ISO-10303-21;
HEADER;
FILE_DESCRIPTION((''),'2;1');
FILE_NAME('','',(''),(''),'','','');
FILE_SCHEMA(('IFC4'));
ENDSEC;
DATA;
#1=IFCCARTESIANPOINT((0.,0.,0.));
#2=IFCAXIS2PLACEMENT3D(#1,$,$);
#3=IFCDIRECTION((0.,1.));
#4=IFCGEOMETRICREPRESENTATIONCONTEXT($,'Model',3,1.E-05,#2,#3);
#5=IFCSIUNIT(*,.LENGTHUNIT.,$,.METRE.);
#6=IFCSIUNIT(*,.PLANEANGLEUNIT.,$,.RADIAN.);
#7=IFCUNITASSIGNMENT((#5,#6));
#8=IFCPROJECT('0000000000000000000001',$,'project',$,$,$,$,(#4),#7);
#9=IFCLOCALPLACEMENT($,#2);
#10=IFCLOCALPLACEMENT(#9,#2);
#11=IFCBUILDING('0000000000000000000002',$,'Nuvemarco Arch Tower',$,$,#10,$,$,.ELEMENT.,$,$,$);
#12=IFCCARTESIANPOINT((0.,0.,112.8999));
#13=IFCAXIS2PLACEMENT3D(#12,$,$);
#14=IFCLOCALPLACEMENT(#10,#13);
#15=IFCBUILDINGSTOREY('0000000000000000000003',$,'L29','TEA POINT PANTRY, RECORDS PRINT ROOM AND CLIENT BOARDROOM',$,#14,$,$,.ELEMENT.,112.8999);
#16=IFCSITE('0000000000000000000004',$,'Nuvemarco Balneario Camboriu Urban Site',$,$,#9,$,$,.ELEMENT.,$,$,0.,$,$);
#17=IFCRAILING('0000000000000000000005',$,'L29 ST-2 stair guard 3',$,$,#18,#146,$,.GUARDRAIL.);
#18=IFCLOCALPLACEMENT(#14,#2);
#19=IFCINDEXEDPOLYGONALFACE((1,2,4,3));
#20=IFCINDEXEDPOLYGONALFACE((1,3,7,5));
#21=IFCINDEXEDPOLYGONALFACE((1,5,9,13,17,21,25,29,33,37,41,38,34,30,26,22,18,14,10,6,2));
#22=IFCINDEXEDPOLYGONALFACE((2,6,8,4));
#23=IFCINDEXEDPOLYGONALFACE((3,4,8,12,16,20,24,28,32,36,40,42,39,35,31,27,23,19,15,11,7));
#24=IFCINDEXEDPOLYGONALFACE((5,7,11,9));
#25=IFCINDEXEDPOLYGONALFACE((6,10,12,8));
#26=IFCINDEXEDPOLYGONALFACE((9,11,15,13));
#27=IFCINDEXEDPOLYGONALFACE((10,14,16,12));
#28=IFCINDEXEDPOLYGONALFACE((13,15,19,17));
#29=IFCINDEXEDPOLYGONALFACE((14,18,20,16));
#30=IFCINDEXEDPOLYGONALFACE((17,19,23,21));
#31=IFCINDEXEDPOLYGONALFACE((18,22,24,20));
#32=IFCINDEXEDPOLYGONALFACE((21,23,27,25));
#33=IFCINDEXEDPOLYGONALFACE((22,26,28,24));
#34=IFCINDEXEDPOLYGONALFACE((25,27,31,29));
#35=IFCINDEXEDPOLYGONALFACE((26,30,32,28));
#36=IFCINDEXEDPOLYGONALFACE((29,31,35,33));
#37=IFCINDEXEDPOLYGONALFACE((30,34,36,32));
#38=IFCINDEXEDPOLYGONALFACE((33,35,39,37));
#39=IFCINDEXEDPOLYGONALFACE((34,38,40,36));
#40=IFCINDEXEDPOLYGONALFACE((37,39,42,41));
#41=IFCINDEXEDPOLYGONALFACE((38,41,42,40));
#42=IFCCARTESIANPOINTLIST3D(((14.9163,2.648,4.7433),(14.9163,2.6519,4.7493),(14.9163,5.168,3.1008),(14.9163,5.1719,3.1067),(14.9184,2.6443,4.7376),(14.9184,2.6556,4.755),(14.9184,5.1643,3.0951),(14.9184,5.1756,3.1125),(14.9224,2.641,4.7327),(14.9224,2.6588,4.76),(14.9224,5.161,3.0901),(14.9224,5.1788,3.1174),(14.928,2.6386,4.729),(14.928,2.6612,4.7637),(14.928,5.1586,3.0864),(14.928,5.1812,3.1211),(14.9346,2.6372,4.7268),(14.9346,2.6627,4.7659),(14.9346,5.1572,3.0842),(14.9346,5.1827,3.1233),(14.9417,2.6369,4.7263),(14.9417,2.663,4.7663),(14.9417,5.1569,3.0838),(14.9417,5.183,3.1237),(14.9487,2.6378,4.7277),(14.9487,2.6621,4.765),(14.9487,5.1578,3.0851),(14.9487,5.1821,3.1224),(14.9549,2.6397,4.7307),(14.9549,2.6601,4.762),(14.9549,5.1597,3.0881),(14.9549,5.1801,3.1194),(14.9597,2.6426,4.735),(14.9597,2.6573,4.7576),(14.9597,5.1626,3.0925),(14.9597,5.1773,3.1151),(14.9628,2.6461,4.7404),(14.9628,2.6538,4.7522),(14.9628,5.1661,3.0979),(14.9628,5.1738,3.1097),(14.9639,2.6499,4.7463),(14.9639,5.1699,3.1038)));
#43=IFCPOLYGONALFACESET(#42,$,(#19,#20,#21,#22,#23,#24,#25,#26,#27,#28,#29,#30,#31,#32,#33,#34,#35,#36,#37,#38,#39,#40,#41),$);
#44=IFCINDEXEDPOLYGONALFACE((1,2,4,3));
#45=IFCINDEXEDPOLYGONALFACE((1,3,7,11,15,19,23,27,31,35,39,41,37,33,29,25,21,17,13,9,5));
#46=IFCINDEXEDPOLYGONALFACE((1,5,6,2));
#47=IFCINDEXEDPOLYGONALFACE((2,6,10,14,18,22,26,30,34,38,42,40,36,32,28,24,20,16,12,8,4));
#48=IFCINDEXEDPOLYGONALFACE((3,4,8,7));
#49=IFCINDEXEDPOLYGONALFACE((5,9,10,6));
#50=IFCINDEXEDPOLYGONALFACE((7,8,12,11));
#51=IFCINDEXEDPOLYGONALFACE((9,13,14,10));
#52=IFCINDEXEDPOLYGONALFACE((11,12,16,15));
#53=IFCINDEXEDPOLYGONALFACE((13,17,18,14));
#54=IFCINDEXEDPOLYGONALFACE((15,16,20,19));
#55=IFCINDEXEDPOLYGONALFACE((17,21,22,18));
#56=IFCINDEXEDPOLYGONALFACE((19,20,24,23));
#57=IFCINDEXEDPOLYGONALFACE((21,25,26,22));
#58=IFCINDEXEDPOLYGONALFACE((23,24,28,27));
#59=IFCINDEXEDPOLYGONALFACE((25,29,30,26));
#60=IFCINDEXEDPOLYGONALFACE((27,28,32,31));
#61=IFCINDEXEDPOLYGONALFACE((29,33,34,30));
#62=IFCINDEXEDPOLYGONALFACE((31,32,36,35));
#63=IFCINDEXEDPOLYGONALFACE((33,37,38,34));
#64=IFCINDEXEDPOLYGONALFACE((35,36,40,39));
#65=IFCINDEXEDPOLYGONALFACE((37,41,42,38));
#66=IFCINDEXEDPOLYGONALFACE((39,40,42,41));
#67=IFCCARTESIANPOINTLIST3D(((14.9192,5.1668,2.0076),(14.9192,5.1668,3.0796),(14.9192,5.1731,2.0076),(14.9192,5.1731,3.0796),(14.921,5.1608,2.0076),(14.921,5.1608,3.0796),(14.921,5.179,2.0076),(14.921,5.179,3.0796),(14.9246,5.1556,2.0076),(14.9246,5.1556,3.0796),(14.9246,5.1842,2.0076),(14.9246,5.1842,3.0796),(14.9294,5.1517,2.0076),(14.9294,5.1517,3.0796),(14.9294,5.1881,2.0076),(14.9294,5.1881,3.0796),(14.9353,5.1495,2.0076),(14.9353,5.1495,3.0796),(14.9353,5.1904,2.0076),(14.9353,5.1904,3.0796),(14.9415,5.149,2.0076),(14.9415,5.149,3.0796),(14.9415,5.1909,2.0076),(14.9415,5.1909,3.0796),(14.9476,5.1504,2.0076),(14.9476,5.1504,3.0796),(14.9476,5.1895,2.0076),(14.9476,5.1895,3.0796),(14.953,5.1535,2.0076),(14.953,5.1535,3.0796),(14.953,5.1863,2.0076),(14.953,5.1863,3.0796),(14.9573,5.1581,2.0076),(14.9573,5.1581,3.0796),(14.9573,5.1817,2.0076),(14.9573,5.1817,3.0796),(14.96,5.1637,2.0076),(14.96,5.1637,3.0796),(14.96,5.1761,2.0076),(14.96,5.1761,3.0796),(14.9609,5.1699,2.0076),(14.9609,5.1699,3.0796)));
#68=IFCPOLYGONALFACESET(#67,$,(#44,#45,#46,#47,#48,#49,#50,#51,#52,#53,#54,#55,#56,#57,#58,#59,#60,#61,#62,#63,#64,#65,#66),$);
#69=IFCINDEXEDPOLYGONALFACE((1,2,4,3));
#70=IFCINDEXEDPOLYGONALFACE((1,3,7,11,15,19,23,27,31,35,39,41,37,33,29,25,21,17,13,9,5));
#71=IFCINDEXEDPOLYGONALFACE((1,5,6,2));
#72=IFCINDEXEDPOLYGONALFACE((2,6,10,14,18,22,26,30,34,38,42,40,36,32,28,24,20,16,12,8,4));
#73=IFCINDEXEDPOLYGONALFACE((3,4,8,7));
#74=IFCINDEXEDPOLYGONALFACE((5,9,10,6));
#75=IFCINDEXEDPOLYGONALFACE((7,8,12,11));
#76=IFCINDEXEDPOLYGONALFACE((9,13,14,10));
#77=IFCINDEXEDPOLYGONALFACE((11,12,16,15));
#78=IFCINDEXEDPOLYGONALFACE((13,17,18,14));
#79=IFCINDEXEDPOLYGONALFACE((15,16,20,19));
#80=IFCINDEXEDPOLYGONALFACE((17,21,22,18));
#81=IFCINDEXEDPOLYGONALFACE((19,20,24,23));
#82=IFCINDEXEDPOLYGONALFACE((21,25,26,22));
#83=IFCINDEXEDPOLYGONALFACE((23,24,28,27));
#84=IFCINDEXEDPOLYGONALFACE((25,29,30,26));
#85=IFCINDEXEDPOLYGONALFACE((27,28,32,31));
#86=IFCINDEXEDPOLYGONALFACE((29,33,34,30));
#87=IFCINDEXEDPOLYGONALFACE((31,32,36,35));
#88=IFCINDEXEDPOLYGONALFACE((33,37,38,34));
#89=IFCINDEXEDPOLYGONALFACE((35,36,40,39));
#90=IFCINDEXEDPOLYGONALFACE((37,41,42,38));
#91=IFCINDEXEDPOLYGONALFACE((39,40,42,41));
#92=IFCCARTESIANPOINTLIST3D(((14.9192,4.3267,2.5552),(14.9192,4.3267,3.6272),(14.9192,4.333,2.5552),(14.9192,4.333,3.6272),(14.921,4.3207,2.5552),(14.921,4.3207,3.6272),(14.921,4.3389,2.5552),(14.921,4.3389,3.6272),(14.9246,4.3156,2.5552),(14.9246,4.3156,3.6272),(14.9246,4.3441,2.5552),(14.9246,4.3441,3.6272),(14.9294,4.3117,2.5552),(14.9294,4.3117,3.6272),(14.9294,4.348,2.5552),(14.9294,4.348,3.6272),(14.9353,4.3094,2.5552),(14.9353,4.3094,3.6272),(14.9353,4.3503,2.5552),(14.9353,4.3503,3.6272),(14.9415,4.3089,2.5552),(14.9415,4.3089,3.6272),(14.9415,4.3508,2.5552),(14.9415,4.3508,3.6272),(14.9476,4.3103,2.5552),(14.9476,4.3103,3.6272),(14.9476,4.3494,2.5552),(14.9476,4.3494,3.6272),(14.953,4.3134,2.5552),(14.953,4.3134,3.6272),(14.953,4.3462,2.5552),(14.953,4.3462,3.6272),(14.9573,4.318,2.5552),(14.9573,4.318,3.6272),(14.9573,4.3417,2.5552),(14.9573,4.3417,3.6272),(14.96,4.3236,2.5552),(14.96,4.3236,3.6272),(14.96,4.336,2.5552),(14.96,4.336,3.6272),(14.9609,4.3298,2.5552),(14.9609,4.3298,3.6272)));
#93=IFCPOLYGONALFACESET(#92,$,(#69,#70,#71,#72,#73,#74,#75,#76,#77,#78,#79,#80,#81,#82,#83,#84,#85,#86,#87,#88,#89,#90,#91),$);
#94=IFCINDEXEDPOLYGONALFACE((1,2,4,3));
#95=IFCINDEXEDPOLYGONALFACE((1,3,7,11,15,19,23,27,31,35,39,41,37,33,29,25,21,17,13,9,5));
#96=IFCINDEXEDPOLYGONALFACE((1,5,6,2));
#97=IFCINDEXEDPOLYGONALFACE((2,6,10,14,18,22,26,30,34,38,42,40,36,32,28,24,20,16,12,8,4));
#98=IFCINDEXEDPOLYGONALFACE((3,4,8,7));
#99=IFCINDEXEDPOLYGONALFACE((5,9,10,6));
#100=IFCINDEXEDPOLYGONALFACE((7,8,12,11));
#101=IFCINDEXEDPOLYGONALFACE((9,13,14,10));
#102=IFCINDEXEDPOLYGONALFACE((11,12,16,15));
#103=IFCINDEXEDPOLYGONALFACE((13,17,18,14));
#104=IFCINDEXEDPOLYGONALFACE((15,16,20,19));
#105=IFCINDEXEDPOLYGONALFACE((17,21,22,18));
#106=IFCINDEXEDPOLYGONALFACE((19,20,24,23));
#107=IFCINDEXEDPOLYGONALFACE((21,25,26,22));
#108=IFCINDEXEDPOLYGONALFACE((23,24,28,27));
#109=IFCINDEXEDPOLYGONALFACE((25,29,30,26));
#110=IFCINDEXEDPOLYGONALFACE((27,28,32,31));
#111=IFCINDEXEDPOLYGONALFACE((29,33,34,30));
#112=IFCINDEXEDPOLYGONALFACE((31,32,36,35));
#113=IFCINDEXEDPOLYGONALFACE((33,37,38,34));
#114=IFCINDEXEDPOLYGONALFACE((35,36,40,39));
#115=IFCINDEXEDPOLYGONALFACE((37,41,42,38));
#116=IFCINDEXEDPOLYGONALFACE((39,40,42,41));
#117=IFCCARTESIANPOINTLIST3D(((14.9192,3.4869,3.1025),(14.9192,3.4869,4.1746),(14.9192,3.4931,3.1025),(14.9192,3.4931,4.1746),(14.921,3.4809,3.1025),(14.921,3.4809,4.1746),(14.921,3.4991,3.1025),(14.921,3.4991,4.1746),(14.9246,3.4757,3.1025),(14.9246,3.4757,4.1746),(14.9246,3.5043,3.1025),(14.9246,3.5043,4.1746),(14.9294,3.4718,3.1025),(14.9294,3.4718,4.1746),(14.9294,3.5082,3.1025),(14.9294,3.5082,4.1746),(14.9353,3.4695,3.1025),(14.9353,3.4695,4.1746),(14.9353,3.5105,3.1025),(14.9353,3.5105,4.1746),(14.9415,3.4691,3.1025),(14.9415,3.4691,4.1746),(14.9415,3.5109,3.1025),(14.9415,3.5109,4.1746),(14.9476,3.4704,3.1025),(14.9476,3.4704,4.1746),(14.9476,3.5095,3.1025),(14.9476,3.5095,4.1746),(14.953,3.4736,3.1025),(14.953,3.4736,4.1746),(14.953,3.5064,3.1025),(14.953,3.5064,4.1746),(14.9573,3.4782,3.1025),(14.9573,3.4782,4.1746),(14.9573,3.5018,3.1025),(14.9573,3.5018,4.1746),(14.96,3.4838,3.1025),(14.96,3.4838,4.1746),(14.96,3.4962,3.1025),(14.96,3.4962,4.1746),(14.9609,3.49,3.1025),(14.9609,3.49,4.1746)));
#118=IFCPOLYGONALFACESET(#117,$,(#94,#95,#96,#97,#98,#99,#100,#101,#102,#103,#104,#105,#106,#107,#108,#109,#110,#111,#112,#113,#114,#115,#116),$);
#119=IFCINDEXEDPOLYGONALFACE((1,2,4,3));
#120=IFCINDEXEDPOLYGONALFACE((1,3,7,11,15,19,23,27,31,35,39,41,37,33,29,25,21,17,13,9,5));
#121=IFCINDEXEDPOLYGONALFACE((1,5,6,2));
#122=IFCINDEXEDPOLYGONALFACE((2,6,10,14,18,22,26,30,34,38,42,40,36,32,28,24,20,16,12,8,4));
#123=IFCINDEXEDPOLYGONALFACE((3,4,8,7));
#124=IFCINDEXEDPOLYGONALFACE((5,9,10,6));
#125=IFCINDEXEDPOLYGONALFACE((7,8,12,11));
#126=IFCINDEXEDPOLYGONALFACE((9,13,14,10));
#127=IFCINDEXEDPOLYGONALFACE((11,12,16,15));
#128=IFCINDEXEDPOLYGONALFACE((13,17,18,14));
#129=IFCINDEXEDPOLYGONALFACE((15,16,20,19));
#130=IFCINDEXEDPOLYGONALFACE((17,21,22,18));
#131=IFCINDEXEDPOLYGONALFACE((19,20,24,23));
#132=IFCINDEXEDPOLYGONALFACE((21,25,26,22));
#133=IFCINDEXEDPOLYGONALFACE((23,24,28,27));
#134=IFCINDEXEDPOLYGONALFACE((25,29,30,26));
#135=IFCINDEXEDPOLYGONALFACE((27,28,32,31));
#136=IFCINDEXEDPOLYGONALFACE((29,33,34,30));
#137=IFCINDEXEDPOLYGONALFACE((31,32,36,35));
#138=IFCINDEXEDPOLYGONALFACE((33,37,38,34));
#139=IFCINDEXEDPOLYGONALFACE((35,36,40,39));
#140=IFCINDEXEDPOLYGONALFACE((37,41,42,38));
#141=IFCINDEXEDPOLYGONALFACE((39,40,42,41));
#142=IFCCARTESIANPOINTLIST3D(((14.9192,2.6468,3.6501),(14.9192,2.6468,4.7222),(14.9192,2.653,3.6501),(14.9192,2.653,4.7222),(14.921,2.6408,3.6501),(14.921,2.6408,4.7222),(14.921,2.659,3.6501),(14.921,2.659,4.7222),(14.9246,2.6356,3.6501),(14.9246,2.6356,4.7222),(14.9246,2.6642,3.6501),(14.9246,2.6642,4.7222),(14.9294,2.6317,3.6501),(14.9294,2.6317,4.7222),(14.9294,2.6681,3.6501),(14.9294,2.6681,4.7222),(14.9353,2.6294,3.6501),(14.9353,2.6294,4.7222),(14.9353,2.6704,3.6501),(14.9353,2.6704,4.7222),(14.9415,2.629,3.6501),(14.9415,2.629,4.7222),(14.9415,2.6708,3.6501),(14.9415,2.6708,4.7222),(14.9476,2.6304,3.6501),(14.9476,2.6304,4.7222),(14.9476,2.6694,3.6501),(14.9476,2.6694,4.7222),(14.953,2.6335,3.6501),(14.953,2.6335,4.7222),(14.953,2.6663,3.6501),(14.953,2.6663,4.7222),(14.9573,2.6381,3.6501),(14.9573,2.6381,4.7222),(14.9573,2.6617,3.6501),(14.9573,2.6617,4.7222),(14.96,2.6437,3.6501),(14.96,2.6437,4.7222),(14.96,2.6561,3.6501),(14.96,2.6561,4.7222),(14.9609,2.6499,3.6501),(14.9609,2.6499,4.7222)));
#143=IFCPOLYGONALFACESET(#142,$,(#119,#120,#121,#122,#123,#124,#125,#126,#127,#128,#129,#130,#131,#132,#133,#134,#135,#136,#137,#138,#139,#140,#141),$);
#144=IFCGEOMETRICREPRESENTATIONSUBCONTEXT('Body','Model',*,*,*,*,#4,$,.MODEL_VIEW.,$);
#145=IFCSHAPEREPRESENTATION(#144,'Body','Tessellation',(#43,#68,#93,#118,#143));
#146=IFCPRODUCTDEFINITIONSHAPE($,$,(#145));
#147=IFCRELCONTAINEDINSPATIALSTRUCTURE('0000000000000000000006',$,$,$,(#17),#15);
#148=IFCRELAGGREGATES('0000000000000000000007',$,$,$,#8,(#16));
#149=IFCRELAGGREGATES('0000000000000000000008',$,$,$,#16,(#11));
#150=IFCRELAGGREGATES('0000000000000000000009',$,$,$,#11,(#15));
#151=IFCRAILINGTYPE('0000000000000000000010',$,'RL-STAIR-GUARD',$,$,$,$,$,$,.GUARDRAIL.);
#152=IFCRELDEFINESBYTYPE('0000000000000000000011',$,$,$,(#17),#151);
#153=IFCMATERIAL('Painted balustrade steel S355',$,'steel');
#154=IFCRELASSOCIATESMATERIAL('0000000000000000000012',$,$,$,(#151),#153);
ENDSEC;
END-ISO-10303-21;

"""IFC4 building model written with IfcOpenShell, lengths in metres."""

from ifc_helpers import new_model, si_unit, direction, frame, origin, origin_2d, place, context, subcontext, project, spatial, circle, extrude, material, type_object, element, save


model = new_model("IFC4")

# Units and contexts
model_context = context("Model", 3, precision=1e-05, world=origin(), true_north=direction((0.0, 1.0)))
body_context = subcontext(model_context, "Body", "Model", "MODEL_VIEW")
ifc_project = project(units=[si_unit("LENGTHUNIT", "METRE"), si_unit("PLANEANGLEUNIT", "RADIAN")], contexts=[model_context])

# Site, building, storey
site_placement = place(None, origin())
site = spatial("IfcSite", under=ifc_project, at=site_placement, Name="Nuvemarco Balneario Camboriu Urban Site", CompositionType="ELEMENT", RefElevation=0.0)
building_placement = place(site_placement, origin())
building = spatial("IfcBuilding", under=site, at=building_placement, Name="Nuvemarco Arch Tower", CompositionType="ELEMENT")
storey_placement = place(building_placement, frame((0.0, 0.0, 112.8999)))
storey = spatial("IfcBuildingStorey", under=building, at=storey_placement, Name="L29", Description="TEA POINT PANTRY, RECORDS PRINT ROOM AND CLIENT BOARDROOM", CompositionType="ELEMENT", Elevation=112.8999)

# Railing
ifc_material_1 = material(Name="Painted balustrade steel S355", Category="steel")
railing_type_1 = type_object("IfcRailingType", Name="RL-STAIR-GUARD", PredefinedType="GUARDRAIL", material=ifc_material_1)
railing_1_placement = place(storey_placement, frame((14.9399, 5.1699, 2.0076)))
element("IfcRailing", 1, at=railing_1_placement, inside=storey, type_object=railing_type_1, Name="L29 ST-2 stair guard 3", PredefinedType="GUARDRAIL", context=body_context, shape_type="SweptSolid", body=[
    extrude(circle(Radius=0.0239, at=origin_2d()), frame((0.0, 0.0, 1.0962), z_axis=(0.0, -0.837749, 0.546055), x_axis=(1.0, 0.0, 0.0)), (0.0, 0.0, 1.0), 3.0081),
    extrude(circle(Radius=0.021, at=origin_2d()), origin(), (0.0, 0.0, 1.0), 1.072),
    extrude(circle(Radius=0.021, at=origin_2d()), frame((0.0, -0.8401, 0.5476)), (0.0, 0.0, 1.0), 1.072),
    extrude(circle(Radius=0.021, at=origin_2d()), frame((0.0, -1.6799, 1.095)), (0.0, 0.0, 1.0), 1.072),
    extrude(circle(Radius=0.021, at=origin_2d()), frame((0.0, -2.52, 1.6426)), (0.0, 0.0, 1.0), 1.072),
])

save(model, "model.ifc")
